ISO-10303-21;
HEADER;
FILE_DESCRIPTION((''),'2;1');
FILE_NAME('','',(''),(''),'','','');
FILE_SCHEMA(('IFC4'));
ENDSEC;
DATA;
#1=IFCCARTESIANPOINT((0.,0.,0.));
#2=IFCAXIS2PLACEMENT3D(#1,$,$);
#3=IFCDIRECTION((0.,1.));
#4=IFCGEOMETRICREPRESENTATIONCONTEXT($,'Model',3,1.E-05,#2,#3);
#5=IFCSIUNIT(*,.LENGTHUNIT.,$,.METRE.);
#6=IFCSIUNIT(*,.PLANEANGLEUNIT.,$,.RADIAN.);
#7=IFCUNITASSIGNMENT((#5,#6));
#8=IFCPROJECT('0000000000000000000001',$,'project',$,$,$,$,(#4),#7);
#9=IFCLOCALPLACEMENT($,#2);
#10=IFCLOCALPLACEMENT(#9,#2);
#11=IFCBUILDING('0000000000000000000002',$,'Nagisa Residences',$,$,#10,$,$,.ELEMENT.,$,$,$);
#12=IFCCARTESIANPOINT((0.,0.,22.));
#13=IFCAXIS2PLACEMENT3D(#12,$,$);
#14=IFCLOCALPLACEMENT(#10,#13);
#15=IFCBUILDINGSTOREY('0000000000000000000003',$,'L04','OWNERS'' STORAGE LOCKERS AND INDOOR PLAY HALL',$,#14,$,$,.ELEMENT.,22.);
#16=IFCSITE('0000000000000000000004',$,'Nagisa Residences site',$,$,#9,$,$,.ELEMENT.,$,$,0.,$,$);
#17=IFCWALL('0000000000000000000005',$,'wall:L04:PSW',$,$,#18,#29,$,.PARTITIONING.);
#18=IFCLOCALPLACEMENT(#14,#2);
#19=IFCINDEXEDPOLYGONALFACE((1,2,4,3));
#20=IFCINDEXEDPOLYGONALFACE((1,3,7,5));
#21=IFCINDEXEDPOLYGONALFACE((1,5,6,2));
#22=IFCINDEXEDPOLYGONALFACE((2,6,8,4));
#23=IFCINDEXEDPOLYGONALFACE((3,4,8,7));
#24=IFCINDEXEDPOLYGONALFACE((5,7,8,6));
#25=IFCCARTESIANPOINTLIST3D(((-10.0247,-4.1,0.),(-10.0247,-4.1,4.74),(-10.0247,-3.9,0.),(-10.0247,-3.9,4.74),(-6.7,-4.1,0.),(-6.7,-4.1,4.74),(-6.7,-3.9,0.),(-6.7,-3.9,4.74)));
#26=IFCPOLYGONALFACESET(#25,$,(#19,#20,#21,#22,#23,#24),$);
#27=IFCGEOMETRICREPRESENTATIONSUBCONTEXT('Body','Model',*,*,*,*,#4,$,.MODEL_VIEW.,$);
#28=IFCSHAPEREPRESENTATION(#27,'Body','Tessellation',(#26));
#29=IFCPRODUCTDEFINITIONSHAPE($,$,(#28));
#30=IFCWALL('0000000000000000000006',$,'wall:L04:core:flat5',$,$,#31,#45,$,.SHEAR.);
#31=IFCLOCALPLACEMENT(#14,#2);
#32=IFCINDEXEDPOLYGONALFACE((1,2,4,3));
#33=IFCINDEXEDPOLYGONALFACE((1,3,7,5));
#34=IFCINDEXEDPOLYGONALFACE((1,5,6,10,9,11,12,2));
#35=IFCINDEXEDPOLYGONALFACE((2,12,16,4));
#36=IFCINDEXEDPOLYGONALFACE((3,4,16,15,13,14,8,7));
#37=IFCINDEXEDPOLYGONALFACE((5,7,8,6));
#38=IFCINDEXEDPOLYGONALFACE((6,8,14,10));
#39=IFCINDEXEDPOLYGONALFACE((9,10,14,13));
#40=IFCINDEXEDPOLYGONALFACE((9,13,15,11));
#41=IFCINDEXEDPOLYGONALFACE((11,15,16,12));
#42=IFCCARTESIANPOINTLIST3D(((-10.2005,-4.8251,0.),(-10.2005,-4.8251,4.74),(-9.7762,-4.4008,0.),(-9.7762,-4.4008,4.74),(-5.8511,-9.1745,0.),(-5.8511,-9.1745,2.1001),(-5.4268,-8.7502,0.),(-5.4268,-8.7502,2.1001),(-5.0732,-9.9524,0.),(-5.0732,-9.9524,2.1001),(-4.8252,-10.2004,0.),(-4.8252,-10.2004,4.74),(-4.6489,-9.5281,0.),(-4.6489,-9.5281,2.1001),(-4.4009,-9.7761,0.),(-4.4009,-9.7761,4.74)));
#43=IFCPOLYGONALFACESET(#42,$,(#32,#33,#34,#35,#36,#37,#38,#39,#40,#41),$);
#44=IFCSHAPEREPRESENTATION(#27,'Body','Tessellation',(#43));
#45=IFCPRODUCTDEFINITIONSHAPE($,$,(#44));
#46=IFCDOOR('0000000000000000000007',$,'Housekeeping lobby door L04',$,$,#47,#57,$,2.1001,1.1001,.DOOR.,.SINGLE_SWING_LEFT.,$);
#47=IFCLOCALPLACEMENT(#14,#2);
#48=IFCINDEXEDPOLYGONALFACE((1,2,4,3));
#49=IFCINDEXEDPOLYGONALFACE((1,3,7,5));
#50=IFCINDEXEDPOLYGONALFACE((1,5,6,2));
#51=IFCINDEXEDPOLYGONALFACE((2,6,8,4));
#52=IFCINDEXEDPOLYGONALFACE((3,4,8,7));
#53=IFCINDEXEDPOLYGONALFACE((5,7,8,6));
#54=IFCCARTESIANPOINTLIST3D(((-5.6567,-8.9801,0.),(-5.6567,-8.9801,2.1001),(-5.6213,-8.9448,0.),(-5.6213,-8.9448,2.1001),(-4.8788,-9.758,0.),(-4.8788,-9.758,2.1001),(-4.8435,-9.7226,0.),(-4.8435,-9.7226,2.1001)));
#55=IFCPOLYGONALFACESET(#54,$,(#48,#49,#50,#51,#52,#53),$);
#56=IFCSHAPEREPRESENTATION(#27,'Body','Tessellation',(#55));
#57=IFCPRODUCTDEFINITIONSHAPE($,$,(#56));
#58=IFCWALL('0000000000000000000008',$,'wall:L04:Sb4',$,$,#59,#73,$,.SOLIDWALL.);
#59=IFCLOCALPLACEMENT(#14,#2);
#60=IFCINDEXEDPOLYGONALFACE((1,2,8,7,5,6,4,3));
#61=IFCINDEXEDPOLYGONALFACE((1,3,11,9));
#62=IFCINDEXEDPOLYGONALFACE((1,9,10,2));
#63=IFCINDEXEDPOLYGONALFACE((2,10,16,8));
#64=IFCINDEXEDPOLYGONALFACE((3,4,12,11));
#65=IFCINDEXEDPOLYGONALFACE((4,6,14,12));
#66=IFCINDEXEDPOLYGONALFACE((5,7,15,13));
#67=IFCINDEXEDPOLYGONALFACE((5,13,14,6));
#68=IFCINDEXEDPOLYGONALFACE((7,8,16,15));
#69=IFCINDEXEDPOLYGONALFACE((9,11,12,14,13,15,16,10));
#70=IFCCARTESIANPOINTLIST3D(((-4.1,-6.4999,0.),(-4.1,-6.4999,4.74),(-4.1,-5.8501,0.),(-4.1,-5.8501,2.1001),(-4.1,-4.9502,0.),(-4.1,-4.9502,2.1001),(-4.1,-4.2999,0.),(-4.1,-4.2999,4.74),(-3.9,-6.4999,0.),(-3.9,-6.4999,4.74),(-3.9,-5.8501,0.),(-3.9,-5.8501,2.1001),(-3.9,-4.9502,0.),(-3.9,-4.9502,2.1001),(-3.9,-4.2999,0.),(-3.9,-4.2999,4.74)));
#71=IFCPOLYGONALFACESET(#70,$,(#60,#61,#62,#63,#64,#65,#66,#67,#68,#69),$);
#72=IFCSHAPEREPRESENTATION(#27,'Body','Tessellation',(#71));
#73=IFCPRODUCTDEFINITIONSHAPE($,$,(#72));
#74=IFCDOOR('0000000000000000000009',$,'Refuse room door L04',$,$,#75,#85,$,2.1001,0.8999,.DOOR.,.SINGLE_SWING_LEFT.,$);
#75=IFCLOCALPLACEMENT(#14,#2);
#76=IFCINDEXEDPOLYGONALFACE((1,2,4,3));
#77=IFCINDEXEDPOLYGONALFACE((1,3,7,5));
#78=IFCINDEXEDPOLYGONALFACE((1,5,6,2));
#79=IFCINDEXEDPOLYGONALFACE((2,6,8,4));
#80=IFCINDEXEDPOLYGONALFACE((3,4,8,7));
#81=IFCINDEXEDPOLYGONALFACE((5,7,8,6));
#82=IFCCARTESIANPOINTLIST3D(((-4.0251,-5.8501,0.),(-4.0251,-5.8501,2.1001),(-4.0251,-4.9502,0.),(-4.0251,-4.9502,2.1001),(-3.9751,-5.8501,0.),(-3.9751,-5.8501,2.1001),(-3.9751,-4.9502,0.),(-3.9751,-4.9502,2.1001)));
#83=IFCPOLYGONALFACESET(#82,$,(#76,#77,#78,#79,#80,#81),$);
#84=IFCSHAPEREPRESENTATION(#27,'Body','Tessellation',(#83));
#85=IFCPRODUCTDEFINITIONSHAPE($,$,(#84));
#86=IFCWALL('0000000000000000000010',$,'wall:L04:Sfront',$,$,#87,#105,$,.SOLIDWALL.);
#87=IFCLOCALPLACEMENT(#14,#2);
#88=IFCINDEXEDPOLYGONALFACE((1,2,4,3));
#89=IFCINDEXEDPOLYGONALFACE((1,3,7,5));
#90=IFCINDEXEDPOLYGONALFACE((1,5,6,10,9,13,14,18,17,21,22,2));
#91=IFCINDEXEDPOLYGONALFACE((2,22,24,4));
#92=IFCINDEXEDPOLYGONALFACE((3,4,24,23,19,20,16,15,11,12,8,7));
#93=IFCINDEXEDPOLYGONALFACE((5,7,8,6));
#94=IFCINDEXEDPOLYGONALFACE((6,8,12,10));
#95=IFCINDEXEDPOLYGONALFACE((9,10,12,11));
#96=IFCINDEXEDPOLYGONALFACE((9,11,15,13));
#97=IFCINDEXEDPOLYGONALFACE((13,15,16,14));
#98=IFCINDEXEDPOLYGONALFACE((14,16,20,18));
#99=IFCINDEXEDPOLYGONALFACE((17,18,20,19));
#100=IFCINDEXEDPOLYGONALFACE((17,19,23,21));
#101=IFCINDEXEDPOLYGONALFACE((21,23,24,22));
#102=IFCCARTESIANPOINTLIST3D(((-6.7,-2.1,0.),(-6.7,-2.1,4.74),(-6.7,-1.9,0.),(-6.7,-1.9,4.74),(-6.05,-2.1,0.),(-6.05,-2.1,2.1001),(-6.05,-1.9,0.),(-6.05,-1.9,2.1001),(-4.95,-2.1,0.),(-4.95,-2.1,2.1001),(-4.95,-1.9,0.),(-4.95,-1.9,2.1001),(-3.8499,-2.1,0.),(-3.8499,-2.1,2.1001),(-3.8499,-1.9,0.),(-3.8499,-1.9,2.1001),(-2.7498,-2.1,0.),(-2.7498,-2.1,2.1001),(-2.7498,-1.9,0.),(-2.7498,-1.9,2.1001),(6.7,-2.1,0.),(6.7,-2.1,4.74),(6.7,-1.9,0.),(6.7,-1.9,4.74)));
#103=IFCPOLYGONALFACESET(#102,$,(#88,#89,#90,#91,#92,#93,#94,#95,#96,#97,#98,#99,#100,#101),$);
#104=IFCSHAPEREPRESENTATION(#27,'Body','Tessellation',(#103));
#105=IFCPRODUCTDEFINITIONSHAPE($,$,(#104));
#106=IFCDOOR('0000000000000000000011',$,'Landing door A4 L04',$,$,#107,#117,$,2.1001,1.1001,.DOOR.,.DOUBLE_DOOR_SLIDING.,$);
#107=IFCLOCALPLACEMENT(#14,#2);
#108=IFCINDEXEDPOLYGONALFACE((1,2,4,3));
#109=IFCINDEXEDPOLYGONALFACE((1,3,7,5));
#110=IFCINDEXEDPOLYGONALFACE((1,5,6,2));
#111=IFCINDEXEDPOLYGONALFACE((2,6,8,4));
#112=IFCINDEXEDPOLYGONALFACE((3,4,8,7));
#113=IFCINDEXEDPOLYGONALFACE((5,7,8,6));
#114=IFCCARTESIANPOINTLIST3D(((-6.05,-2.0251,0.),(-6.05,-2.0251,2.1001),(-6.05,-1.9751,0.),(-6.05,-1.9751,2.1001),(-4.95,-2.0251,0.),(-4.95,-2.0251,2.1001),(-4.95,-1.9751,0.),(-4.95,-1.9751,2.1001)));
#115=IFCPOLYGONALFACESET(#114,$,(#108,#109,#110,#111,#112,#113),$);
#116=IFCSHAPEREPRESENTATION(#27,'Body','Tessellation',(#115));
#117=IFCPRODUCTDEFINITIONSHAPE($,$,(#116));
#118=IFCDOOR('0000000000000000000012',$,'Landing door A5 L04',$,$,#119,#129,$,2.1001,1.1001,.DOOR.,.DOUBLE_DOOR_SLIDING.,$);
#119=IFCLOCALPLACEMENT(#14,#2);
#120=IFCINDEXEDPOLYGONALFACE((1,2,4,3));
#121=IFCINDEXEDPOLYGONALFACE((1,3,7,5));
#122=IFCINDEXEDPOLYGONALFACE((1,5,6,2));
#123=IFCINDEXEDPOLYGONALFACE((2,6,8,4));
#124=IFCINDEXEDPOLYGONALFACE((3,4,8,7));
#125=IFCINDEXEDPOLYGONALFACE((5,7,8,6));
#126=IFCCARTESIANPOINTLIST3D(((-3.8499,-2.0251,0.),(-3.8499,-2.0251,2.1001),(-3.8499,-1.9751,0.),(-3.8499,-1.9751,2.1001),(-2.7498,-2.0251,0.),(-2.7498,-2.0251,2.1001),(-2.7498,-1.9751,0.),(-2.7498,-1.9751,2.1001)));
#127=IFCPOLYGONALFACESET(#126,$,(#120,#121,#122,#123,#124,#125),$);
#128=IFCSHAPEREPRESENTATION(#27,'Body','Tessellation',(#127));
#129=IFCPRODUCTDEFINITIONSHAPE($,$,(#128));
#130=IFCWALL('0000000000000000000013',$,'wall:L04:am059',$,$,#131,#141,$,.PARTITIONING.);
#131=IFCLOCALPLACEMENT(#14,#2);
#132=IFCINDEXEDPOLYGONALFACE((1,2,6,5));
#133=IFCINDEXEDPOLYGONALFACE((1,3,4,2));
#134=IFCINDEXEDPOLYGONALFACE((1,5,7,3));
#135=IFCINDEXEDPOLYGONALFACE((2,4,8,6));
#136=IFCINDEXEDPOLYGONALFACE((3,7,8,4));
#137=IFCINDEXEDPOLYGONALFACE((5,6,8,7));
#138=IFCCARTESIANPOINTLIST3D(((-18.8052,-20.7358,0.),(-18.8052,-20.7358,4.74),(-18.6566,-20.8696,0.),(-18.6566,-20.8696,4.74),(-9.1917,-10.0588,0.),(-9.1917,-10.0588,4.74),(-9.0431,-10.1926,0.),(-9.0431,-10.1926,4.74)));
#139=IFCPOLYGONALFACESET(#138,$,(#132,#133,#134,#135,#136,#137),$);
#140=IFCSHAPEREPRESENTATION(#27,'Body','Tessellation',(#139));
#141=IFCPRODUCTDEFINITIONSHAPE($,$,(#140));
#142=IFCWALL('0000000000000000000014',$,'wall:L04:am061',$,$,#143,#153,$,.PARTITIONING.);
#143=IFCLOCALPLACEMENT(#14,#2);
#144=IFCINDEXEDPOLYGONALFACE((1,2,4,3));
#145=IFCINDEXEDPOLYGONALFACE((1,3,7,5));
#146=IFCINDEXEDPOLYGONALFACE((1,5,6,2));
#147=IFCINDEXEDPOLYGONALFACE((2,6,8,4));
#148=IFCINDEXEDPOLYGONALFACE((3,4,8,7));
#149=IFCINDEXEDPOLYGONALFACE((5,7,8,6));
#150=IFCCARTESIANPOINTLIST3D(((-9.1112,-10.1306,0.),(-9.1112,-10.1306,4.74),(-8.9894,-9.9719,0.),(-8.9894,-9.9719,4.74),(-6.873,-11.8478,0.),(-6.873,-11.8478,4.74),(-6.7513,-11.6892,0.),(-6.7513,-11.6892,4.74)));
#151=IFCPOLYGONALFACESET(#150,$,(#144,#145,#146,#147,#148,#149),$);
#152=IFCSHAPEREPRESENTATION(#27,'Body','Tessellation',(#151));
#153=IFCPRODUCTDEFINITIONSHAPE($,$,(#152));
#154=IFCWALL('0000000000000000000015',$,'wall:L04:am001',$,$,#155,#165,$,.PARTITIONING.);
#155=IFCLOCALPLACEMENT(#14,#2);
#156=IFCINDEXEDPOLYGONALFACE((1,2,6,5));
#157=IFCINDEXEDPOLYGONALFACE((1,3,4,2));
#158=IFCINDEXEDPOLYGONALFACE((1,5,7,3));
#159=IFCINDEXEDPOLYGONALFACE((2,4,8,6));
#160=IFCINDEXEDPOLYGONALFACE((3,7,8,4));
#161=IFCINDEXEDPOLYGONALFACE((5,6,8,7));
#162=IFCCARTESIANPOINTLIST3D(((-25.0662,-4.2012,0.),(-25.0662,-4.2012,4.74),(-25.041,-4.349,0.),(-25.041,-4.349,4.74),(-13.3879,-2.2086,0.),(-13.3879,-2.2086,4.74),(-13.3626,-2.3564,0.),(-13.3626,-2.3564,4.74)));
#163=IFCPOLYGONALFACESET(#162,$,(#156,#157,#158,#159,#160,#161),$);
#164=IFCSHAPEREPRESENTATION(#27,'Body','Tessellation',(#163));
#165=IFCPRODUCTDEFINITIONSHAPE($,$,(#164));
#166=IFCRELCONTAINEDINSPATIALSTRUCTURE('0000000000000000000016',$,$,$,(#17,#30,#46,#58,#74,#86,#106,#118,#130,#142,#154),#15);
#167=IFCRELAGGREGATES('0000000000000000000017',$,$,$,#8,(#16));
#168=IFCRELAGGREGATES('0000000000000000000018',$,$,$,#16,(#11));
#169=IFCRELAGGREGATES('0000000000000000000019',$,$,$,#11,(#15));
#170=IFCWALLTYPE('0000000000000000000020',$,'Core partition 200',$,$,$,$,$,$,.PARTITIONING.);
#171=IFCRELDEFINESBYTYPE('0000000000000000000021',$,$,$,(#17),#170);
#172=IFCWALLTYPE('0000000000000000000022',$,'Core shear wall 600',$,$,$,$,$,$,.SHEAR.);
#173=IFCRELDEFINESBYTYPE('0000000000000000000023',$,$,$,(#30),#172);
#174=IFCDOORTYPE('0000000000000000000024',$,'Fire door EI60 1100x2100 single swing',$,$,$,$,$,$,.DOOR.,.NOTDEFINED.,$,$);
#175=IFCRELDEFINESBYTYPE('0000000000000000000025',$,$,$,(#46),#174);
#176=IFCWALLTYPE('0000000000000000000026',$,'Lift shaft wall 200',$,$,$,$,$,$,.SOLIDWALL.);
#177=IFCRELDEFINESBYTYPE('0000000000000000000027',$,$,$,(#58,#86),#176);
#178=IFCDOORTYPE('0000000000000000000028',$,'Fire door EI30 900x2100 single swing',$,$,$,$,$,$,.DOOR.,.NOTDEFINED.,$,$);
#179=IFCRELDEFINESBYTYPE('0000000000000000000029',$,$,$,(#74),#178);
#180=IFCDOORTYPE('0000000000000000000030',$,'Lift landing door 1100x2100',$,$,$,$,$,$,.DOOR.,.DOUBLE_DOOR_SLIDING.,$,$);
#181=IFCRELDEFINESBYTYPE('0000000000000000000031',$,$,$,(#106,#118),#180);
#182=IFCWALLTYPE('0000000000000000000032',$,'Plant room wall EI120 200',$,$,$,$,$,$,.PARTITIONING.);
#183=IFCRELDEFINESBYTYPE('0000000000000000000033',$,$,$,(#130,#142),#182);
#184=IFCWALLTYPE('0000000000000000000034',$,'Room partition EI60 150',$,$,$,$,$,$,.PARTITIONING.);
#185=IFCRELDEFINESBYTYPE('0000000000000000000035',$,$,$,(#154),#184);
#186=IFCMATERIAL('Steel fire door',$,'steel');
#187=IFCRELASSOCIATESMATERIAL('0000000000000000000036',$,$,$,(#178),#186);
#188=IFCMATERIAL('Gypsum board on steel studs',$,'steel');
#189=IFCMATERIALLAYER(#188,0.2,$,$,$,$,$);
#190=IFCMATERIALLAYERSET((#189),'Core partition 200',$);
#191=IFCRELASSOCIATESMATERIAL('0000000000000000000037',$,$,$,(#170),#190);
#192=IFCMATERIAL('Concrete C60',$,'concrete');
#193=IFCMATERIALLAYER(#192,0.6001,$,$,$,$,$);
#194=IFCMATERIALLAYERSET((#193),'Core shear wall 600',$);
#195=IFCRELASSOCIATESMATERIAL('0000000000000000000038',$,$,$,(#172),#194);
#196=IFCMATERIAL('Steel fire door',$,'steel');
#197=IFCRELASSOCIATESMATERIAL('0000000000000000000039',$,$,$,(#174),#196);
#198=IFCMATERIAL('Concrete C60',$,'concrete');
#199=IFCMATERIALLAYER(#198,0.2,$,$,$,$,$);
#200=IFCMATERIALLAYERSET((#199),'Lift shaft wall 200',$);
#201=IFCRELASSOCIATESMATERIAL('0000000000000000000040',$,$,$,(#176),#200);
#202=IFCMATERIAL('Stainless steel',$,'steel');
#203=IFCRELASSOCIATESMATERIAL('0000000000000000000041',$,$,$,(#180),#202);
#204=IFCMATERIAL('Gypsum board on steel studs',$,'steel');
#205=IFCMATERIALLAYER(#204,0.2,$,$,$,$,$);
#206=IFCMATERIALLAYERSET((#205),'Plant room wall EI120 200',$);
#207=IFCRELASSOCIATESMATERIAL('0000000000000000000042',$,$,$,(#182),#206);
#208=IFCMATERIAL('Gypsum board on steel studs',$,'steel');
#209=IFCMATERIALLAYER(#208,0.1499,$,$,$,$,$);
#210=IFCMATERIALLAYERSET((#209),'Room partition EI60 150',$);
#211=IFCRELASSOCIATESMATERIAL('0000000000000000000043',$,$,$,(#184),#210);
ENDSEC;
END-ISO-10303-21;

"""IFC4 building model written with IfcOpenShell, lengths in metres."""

from ifc_helpers import new_model, si_unit, direction, frame, frame_2d, origin, place, context, subcontext, project, spatial, rectangle, extrude, material, layer, layer_set, type_object, element, fill, save


model = new_model("IFC4")

# Units and contexts
model_context = context("Model", 3, precision=1e-05, world=origin(), true_north=direction((0.0, 1.0)))
body_context = subcontext(model_context, "Body", "Model", "MODEL_VIEW")
ifc_project = project(units=[si_unit("LENGTHUNIT", "METRE"), si_unit("PLANEANGLEUNIT", "RADIAN")], contexts=[model_context])

# Site, building, storey
site_placement = place(None, origin())
site = spatial("IfcSite", under=ifc_project, at=site_placement, Name="Nagisa Residences site", CompositionType="ELEMENT", RefElevation=0.0)
building_placement = place(site_placement, origin())
building = spatial("IfcBuilding", under=site, at=building_placement, Name="Nagisa Residences", CompositionType="ELEMENT")
storey_placement = place(building_placement, frame((0.0, 0.0, 22.0)))
storey = spatial("IfcBuildingStorey", under=building, at=storey_placement, Name="L04", Description="OWNERS' STORAGE LOCKERS AND INDOOR PLAY HALL", CompositionType="ELEMENT", Elevation=22.0)

# Shared definitions
ifc_material_1 = material(Name="Steel fire door", Category="steel")
door_type_1 = type_object("IfcDoorType", Name="Fire door EI30 900x2100 single swing", OperationType="NOTDEFINED", PredefinedType="DOOR", material=ifc_material_1)

# Wall
ifc_material_2 = material(Name="Gypsum board on steel studs", Category="steel")
ifc_layer_1 = layer(ifc_material_2, 0.2)
ifc_layer_set_1 = layer_set([ifc_layer_1], Name="Core partition 200")
wall_type_1 = type_object("IfcWallType", Name="Core partition 200", PredefinedType="PARTITIONING", material=ifc_layer_set_1)
wall_1_placement = place(storey_placement, frame((-10.0247, -4.0, 0.0), z_axis=(0.0, 0.0, 1.0), x_axis=(1.0, 0.0, 0.0)))
element("IfcWall", 1, at=wall_1_placement, inside=storey, type_object=wall_type_1, Name="wall:L04:PSW", PredefinedType="PARTITIONING", context=body_context, shape_type="SweptSolid", body=[
    extrude(rectangle(XDim=3.3247, YDim=0.2, at=frame_2d((1.6624, 0.0))), origin(), (0.0, 0.0, 1.0), 4.74),
])

# Walls, openings, doors
ifc_material_3 = material(Name="Concrete C60", Category="concrete")
ifc_layer_2 = layer(ifc_material_3, 0.6001)
ifc_layer_set_2 = layer_set([ifc_layer_2], Name="Core shear wall 600")
wall_type_2 = type_object("IfcWallType", Name="Core shear wall 600", PredefinedType="SHEAR", material=ifc_layer_set_2)
wall_2_placement = place(storey_placement, frame((-9.9883, -4.613, 0.0), z_axis=(0.0, 0.0, 1.0), x_axis=(0.707107, -0.707107, 0.0)))
wall_2 = element("IfcWall", 2, at=wall_2_placement, inside=storey, type_object=wall_type_2, Name="wall:L04:core:flat5", PredefinedType="SHEAR", context=body_context, shape_type="SweptSolid", body=[
    extrude(rectangle(XDim=7.6018, YDim=0.6001, at=frame_2d((3.8008, 0.0))), origin(), (0.0, 0.0, 1.0), 4.74),
])
opening_1_placement = place(wall_2_placement, frame((6.1509, 0.0, 0.0)))
opening_1 = element("IfcOpeningElement", 3, at=opening_1_placement, cuts=wall_2, PredefinedType="OPENING", context=body_context, shape_type="SweptSolid", body=[
    extrude(rectangle(XDim=1.1001, YDim=2.1001, at=frame_2d((0.55, 1.05))), frame((0.0, 0.3101, 0.0), z_axis=(0.0, -1.0, 0.0), x_axis=(1.0, 0.0, 0.0)), (0.0, 0.0, 1.0), 0.6201),
])
ifc_material_4 = material(Name="Steel fire door", Category="steel")
door_type_2 = type_object("IfcDoorType", Name="Fire door EI60 1100x2100 single swing", OperationType="NOTDEFINED", PredefinedType="DOOR", material=ifc_material_4)
door_1_placement = place(opening_1_placement, origin())
door_1 = element("IfcDoor", 4, at=door_1_placement, inside=storey, type_object=door_type_2, Name="Housekeeping lobby door L04", OperationType="SINGLE_SWING_LEFT", OverallHeight=2.1001, OverallWidth=1.1001, PredefinedType="DOOR", context=body_context, shape_type="SweptSolid", body=[
    extrude(rectangle(XDim=1.1001, YDim=2.1001, at=frame_2d((0.55, 1.05))), frame((0.0, 0.0249, 0.0), z_axis=(0.0, -1.0, 0.0), x_axis=(1.0, 0.0, 0.0)), (0.0, 0.0, 1.0), 0.05),
])
fill(opening_1, door_1)
ifc_material_5 = material(Name="Concrete C60", Category="concrete")
ifc_layer_3 = layer(ifc_material_5, 0.2)
ifc_layer_set_3 = layer_set([ifc_layer_3], Name="Lift shaft wall 200")
wall_type_3 = type_object("IfcWallType", Name="Lift shaft wall 200", PredefinedType="SOLIDWALL", material=ifc_layer_set_3)
wall_3_placement = place(storey_placement, frame((-4.0, -6.5, 0.0), z_axis=(0.0, 0.0, 1.0), x_axis=(0.0, 1.0, 0.0)))
wall_3 = element("IfcWall", 5, at=wall_3_placement, inside=storey, type_object=wall_type_3, Name="wall:L04:Sb4", PredefinedType="SOLIDWALL", context=body_context, shape_type="SweptSolid", body=[
    extrude(rectangle(XDim=2.2, YDim=0.2, at=frame_2d((1.1001, 0.0))), origin(), (0.0, 0.0, 1.0), 4.74),
])
opening_2_placement = place(wall_3_placement, frame((0.6499, 0.0, 0.0)))
opening_2 = element("IfcOpeningElement", 6, at=opening_2_placement, cuts=wall_3, PredefinedType="OPENING", context=body_context, shape_type="SweptSolid", body=[
    extrude(rectangle(XDim=0.8999, YDim=2.1001, at=frame_2d((0.45, 1.05))), frame((0.0, 0.1099, 0.0), z_axis=(0.0, -1.0, 0.0), x_axis=(1.0, 0.0, 0.0)), (0.0, 0.0, 1.0), 0.22),
])
door_2_placement = place(opening_2_placement, frame((0.8999, 0.0, 0.0), x_axis=(-1.0, 0.0, 0.0)))
door_2 = element("IfcDoor", 7, at=door_2_placement, inside=storey, type_object=door_type_1, Name="Refuse room door L04", OperationType="SINGLE_SWING_LEFT", OverallHeight=2.1001, OverallWidth=0.8999, PredefinedType="DOOR", context=body_context, shape_type="SweptSolid", body=[
    extrude(rectangle(XDim=0.8999, YDim=2.1001, at=frame_2d((0.45, 1.05))), frame((0.0, 0.0249, 0.0), z_axis=(0.0, -1.0, 0.0), x_axis=(1.0, 0.0, 0.0)), (0.0, 0.0, 1.0), 0.05),
])
fill(opening_2, door_2)

# Wall, openings, doors
wall_4_placement = place(storey_placement, frame((-6.7, -2.0, 0.0), z_axis=(0.0, 0.0, 1.0), x_axis=(1.0, 0.0, 0.0)))
wall_4 = element("IfcWall", 8, at=wall_4_placement, inside=storey, type_object=wall_type_3, Name="wall:L04:Sfront", PredefinedType="SOLIDWALL", context=body_context, shape_type="SweptSolid", body=[
    extrude(rectangle(XDim=13.3999, YDim=0.2, at=frame_2d((6.7, 0.0))), origin(), (0.0, 0.0, 1.0), 4.74),
])
opening_3_placement = place(wall_4_placement, frame((0.6499, 0.0, 0.0)))
opening_3 = element("IfcOpeningElement", 9, at=opening_3_placement, cuts=wall_4, PredefinedType="OPENING", context=body_context, shape_type="SweptSolid", body=[
    extrude(rectangle(XDim=1.1001, YDim=2.1001, at=frame_2d((0.55, 1.05))), frame((0.0, 0.1099, 0.0), z_axis=(0.0, -1.0, 0.0), x_axis=(1.0, 0.0, 0.0)), (0.0, 0.0, 1.0), 0.22),
])
opening_4_placement = place(wall_4_placement, frame((2.8501, 0.0, 0.0)))
opening_4 = element("IfcOpeningElement", 10, at=opening_4_placement, cuts=wall_4, PredefinedType="OPENING", context=body_context, shape_type="SweptSolid", body=[
    extrude(rectangle(XDim=1.1001, YDim=2.1001, at=frame_2d((0.55, 1.05))), frame((0.0, 0.1099, 0.0), z_axis=(0.0, -1.0, 0.0), x_axis=(1.0, 0.0, 0.0)), (0.0, 0.0, 1.0), 0.22),
])
ifc_material_6 = material(Name="Stainless steel", Category="steel")
door_type_3 = type_object("IfcDoorType", Name="Lift landing door 1100x2100", OperationType="DOUBLE_DOOR_SLIDING", PredefinedType="DOOR", material=ifc_material_6)
door_3_placement = place(opening_3_placement, origin())
door_3 = element("IfcDoor", 11, at=door_3_placement, inside=storey, type_object=door_type_3, Name="Landing door A4 L04", OperationType="DOUBLE_DOOR_SLIDING", OverallHeight=2.1001, OverallWidth=1.1001, PredefinedType="DOOR", context=body_context, shape_type="SweptSolid", body=[
    extrude(rectangle(XDim=1.1001, YDim=2.1001, at=frame_2d((0.55, 1.05))), frame((0.0, 0.0249, 0.0), z_axis=(0.0, -1.0, 0.0), x_axis=(1.0, 0.0, 0.0)), (0.0, 0.0, 1.0), 0.05),
])
fill(opening_3, door_3)
door_4_placement = place(opening_4_placement, origin())
door_4 = element("IfcDoor", 12, at=door_4_placement, inside=storey, type_object=door_type_3, Name="Landing door A5 L04", OperationType="DOUBLE_DOOR_SLIDING", OverallHeight=2.1001, OverallWidth=1.1001, PredefinedType="DOOR", context=body_context, shape_type="SweptSolid", body=[
    extrude(rectangle(XDim=1.1001, YDim=2.1001, at=frame_2d((0.55, 1.05))), frame((0.0, 0.0249, 0.0), z_axis=(0.0, -1.0, 0.0), x_axis=(1.0, 0.0, 0.0)), (0.0, 0.0, 1.0), 0.05),
])
fill(opening_4, door_4)

# Walls
ifc_material_7 = material(Name="Gypsum board on steel studs", Category="steel")
ifc_layer_4 = layer(ifc_material_7, 0.2)
ifc_layer_set_4 = layer_set([ifc_layer_4], Name="Plant room wall EI120 200")
wall_type_4 = type_object("IfcWallType", Name="Plant room wall EI120 200", PredefinedType="PARTITIONING", material=ifc_layer_set_4)
wall_5_placement = place(storey_placement, frame((-9.1174, -10.1257, 0.0), z_axis=(0.0, 0.0, 1.0), x_axis=(-0.669127, -0.743148, 0.0)))
element("IfcWall", 13, at=wall_5_placement, inside=storey, type_object=wall_type_4, Name="wall:L04:am059", PredefinedType="PARTITIONING", context=body_context, shape_type="SweptSolid", body=[
    extrude(rectangle(XDim=14.3672, YDim=0.2, at=frame_2d((7.1836, 0.0))), origin(), (0.0, 0.0, 1.0), 4.74),
])
wall_6_placement = place(storey_placement, frame((-6.812, -11.7686, 0.0), z_axis=(0.0, 0.0, 1.0), x_axis=(-0.793389, 0.608715, 0.0)))
element("IfcWall", 14, at=wall_6_placement, inside=storey, type_object=wall_type_4, Name="wall:L04:am061", PredefinedType="PARTITIONING", context=body_context, shape_type="SweptSolid", body=[
    extrude(rectangle(XDim=2.821, YDim=0.2, at=frame_2d((1.4106, 0.0))), origin(), (0.0, 0.0, 1.0), 4.74),
])
ifc_material_8 = material(Name="Gypsum board on steel studs", Category="steel")
ifc_layer_5 = layer(ifc_material_8, 0.1499)
ifc_layer_set_5 = layer_set([ifc_layer_5], Name="Room partition EI60 150")
wall_type_5 = type_object("IfcWallType", Name="Room partition EI60 150", PredefinedType="PARTITIONING", material=ifc_layer_set_5)
wall_7_placement = place(storey_placement, frame((-13.3752, -2.2825, 0.0), z_axis=(0.0, 0.0, 1.0), x_axis=(-0.985753, -0.168197, 0.0)))
element("IfcWall", 15, at=wall_7_placement, inside=storey, type_object=wall_type_5, Name="wall:L04:am001", PredefinedType="PARTITIONING", context=body_context, shape_type="SweptSolid", body=[
    extrude(rectangle(XDim=11.8472, YDim=0.1499, at=frame_2d((5.9236, 0.0))), origin(), (0.0, 0.0, 1.0), 4.74),
])

save(model, "model.ifc")
